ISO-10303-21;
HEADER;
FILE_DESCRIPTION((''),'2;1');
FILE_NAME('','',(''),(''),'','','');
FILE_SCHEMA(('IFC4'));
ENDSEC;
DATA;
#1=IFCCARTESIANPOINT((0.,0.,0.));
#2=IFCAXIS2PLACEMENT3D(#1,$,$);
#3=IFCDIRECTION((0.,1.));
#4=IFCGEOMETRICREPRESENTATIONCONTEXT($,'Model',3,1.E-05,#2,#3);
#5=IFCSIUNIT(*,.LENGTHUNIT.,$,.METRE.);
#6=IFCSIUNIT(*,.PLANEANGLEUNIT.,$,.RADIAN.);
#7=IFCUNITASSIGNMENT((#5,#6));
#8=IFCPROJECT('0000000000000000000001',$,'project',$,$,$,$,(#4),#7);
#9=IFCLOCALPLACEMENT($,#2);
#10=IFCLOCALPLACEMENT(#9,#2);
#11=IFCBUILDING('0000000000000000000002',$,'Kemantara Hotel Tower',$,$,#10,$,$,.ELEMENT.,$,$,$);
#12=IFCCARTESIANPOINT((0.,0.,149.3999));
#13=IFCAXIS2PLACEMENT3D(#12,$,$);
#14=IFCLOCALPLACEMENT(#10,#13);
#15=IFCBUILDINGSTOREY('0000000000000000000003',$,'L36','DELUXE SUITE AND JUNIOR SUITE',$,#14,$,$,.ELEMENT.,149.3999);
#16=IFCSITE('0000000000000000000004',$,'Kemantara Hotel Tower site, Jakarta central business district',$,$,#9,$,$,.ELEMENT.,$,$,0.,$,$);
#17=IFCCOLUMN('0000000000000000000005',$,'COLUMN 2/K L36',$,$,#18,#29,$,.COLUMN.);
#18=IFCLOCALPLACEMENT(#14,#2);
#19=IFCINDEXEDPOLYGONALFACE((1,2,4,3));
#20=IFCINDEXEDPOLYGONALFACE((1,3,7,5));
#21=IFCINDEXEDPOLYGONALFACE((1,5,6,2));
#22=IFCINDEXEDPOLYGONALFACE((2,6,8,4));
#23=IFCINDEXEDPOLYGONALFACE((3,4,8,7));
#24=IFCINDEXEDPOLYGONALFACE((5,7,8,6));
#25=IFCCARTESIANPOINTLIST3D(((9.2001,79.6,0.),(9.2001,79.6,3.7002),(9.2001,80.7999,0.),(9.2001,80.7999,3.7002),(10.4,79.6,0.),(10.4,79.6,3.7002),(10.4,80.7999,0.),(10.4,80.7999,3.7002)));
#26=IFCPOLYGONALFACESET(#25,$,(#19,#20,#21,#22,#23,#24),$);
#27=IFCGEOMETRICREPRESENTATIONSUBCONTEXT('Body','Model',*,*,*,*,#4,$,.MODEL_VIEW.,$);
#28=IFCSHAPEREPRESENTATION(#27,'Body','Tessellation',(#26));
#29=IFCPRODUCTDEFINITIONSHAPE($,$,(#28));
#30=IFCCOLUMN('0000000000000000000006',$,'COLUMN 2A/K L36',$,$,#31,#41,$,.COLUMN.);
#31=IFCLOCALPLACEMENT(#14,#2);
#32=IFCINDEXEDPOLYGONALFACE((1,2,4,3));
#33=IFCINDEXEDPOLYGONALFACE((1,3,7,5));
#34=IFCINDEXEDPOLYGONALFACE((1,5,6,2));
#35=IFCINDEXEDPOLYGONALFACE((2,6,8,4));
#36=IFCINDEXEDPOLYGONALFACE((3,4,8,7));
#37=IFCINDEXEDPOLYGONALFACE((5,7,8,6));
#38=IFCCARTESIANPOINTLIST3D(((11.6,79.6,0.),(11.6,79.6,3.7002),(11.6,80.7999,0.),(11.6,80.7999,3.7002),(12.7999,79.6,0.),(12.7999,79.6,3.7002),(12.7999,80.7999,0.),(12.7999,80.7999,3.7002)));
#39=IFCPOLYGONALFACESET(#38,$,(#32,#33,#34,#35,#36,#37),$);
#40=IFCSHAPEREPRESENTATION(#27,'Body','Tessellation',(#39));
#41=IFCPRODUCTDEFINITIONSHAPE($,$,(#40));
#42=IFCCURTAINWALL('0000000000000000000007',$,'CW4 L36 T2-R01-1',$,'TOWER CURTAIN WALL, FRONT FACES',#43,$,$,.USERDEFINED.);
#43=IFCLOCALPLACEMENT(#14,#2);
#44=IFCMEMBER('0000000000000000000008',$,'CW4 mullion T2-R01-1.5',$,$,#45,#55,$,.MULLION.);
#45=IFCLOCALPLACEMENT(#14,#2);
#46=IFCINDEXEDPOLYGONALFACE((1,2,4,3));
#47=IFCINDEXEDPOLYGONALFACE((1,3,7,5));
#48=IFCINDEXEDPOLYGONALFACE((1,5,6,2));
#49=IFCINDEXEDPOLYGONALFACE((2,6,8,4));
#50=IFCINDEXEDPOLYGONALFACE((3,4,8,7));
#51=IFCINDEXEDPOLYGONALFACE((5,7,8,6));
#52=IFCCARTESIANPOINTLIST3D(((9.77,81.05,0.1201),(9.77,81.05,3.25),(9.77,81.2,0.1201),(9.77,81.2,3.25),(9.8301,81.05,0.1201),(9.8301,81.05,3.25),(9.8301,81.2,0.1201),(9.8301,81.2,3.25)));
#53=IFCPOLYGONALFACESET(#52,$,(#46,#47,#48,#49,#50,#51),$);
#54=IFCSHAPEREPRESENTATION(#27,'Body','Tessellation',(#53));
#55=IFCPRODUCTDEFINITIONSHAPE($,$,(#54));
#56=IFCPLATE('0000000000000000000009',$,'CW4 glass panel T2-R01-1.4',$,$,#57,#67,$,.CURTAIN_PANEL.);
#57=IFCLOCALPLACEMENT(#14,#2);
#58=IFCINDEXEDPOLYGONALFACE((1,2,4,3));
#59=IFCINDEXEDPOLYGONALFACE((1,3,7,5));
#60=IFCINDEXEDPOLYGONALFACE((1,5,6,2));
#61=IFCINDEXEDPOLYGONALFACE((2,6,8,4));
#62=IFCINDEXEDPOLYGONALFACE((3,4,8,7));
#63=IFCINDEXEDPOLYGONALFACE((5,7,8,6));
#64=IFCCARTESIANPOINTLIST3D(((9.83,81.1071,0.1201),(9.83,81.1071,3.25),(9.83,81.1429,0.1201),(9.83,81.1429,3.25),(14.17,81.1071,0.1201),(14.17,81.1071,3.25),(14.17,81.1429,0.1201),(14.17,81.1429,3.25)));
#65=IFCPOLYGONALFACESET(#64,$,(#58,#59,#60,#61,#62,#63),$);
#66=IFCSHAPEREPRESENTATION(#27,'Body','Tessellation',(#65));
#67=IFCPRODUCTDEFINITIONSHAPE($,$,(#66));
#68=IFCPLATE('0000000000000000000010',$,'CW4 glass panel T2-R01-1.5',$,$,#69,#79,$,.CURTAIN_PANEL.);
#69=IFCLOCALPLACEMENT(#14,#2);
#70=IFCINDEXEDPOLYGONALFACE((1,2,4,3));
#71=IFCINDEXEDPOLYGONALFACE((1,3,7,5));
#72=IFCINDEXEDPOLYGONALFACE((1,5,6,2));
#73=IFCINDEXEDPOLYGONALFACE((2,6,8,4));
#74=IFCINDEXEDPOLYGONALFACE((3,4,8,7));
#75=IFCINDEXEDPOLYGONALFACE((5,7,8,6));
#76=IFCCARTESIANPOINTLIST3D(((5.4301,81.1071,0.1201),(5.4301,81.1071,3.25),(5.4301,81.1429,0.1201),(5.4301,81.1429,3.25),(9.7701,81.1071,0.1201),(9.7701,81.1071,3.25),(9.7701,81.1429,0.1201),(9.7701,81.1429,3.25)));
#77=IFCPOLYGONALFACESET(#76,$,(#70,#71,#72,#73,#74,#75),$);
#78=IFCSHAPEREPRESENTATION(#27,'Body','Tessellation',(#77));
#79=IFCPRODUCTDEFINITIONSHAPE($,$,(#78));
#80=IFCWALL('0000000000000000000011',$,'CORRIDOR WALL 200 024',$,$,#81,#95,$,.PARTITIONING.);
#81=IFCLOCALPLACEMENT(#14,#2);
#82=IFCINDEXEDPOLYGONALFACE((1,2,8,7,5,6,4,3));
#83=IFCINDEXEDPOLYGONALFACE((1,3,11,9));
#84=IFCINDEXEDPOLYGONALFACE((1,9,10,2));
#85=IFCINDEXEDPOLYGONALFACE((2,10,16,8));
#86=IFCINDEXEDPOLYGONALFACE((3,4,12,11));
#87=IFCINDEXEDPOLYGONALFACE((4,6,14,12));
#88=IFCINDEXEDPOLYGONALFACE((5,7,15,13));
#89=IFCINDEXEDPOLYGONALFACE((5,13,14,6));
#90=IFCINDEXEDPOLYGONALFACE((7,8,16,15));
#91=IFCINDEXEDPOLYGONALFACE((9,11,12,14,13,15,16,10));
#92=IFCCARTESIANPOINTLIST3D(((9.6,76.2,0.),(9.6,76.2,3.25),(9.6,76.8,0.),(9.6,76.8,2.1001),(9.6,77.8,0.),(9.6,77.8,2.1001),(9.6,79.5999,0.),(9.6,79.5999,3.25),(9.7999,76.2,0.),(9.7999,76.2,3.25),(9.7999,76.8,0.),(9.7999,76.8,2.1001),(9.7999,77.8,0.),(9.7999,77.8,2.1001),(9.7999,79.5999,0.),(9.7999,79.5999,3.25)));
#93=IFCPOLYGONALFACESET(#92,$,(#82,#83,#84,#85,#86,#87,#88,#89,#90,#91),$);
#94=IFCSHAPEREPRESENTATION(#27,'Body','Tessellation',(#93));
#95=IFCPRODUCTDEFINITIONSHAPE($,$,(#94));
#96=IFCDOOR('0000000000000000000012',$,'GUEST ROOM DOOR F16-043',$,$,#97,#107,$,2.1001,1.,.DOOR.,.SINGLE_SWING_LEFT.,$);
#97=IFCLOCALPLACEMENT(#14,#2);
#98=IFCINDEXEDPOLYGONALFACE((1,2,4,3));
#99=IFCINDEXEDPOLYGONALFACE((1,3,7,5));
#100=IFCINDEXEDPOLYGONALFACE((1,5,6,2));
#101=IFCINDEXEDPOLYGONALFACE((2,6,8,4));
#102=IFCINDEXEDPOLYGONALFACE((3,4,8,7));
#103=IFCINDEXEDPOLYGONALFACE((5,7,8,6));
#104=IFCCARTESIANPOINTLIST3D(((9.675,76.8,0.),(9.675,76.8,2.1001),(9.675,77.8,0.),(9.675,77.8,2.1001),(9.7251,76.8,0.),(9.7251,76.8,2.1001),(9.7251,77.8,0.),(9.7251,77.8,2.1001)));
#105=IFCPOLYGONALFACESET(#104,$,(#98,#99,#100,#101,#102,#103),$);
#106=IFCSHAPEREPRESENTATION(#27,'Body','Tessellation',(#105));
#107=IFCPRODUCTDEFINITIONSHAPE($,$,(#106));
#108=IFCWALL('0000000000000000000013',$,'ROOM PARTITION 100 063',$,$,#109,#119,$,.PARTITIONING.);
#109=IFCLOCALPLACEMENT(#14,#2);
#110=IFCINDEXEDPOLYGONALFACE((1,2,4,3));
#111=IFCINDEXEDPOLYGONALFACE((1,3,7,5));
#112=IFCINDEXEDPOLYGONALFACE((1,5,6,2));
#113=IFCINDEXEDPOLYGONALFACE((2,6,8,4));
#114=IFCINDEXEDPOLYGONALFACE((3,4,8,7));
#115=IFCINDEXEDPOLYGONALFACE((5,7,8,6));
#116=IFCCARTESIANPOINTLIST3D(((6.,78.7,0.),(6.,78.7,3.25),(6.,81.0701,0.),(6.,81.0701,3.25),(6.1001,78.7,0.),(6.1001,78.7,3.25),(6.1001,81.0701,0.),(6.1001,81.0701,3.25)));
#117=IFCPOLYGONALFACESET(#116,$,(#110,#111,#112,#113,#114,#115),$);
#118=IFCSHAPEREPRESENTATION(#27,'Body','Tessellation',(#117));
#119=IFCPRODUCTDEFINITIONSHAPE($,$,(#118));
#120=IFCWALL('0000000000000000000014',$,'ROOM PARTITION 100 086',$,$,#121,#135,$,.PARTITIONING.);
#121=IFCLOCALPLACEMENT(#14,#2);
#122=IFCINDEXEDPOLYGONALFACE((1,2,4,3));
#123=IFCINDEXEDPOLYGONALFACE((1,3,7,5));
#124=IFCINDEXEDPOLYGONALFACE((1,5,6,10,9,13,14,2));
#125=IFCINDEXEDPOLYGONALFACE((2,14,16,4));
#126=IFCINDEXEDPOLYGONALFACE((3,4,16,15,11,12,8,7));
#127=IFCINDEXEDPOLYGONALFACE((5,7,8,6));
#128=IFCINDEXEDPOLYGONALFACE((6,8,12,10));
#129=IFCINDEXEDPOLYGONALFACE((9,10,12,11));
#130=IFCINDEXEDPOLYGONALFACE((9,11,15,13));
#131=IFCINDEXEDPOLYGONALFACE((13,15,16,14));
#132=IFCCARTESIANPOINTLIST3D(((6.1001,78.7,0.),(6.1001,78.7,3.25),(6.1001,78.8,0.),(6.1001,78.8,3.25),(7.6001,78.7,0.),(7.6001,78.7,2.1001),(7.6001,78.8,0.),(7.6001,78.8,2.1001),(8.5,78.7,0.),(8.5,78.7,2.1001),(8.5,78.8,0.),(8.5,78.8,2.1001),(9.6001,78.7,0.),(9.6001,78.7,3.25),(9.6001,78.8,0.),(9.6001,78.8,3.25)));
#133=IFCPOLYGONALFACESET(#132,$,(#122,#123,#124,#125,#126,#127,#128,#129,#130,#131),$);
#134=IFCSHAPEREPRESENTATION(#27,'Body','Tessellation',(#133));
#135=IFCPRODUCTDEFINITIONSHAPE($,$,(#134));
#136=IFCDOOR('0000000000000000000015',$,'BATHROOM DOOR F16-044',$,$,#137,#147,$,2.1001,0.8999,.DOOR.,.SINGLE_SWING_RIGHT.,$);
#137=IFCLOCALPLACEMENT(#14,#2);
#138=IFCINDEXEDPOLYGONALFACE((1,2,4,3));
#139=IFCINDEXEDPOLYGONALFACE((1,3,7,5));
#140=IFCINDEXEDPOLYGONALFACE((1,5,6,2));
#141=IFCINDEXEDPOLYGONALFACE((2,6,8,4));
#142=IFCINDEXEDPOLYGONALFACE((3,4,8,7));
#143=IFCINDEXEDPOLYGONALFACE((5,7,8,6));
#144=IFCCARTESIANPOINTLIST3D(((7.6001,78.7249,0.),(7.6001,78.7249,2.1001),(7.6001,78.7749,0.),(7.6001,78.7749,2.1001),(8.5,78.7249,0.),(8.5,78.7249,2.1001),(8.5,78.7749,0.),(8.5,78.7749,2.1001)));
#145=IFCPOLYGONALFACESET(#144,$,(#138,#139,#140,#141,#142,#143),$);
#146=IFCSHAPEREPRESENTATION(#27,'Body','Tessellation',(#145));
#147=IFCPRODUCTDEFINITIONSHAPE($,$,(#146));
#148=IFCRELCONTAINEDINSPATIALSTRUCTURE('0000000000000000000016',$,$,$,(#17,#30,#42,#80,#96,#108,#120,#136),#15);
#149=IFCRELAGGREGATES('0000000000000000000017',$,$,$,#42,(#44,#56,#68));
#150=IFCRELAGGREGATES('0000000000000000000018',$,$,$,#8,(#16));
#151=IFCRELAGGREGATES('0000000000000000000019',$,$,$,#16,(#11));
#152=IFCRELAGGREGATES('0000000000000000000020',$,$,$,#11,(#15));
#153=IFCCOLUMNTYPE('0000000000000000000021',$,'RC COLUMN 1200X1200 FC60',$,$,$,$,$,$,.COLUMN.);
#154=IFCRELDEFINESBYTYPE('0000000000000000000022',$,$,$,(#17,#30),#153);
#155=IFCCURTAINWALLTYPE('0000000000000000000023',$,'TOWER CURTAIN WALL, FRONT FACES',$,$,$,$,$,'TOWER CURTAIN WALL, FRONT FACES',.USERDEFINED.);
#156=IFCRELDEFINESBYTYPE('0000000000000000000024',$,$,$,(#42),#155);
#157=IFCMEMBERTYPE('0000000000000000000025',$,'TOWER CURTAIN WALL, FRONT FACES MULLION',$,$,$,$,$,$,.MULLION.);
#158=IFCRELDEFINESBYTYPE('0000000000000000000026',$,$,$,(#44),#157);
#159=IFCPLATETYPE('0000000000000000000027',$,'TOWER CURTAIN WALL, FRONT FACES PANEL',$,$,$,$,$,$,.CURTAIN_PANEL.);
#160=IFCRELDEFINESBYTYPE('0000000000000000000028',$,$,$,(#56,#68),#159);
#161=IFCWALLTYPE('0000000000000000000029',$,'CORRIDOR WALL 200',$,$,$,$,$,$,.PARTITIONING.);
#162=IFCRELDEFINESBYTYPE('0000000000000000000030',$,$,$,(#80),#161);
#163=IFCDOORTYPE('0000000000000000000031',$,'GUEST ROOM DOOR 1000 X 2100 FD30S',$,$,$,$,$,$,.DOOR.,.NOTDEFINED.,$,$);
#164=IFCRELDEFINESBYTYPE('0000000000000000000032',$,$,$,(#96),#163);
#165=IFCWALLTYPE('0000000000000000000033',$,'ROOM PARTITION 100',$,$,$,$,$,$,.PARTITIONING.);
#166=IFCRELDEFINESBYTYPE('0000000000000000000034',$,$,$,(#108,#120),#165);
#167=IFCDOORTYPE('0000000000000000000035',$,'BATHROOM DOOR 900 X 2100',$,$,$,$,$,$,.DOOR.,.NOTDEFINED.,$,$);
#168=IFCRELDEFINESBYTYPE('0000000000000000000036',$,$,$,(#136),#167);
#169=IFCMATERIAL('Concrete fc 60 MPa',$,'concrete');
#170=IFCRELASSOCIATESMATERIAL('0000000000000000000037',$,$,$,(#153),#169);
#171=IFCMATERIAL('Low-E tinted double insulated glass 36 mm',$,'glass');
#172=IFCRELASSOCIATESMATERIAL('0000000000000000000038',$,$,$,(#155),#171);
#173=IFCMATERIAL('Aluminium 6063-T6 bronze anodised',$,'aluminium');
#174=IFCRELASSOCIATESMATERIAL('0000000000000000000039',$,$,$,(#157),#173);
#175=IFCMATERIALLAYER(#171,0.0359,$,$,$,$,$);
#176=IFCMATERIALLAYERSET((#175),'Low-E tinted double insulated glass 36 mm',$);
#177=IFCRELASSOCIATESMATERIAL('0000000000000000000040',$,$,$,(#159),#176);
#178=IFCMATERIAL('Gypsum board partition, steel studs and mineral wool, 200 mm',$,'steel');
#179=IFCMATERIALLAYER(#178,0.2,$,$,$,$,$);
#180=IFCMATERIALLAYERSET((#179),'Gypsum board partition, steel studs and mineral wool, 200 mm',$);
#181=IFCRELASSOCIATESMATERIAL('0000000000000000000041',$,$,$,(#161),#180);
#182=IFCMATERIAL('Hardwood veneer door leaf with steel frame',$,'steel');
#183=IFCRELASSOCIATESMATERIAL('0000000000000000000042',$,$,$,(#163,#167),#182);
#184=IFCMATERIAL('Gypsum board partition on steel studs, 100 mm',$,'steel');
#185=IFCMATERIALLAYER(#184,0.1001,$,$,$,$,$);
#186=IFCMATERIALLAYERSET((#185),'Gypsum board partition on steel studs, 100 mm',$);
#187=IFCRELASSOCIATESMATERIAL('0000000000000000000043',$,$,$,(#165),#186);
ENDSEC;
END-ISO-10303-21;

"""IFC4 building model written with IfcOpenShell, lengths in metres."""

from ifc_helpers import new_model, si_unit, direction, frame, frame_2d, origin, origin_2d, place, context, subcontext, project, spatial, rectangle, extrude, source, transform, mapped, material, layer, layer_set, material_profile, profile_set, type_object, element, fill, aggregate, save


model = new_model("IFC4")

# Units and contexts
model_context = context("Model", 3, precision=1e-05, world=origin(), true_north=direction((0.0, 1.0)))
body_context = subcontext(model_context, "Body", "Model", "MODEL_VIEW")
ifc_project = project(units=[si_unit("LENGTHUNIT", "METRE"), si_unit("PLANEANGLEUNIT", "RADIAN")], contexts=[model_context])

# Site, building, storey
site_placement = place(None, origin())
site = spatial("IfcSite", under=ifc_project, at=site_placement, Name="Kemantara Hotel Tower site, Jakarta central business district", CompositionType="ELEMENT", RefElevation=0.0)
building_placement = place(site_placement, origin())
building = spatial("IfcBuilding", under=site, at=building_placement, Name="Kemantara Hotel Tower", CompositionType="ELEMENT")
storey_placement = place(building_placement, frame((0.0, 0.0, 149.3999)))
storey = spatial("IfcBuildingStorey", under=building, at=storey_placement, Name="L36", Description="DELUXE SUITE AND JUNIOR SUITE", CompositionType="ELEMENT", Elevation=149.3999)

# Columns
ifc_material_1 = material(Name="Concrete fc 60 MPa", Category="concrete")
ifc_material_profile_1 = material_profile(ifc_material_1, rectangle(XDim=1.2, YDim=1.2, at=origin_2d()), Name="RC 1200X1200")
ifc_profile_set_1 = profile_set([ifc_material_profile_1], Name="Concrete fc 60 MPa")
column_type = type_object("IfcColumnType", Name="RC COLUMN 1200X1200 FC60", PredefinedType="COLUMN", material=ifc_profile_set_1)
for number, where, z_axis, x_axis, name in (
    (1, (9.8, 80.2, 0.0), (0.0, 0.0, 1.0), (1.0, 0.0, 0.0), "COLUMN 2/K L36"),
    (2, (12.2, 80.2, 0.0), (0.0, 0.0, 1.0), (1.0, 0.0, 0.0), "COLUMN 2A/K L36"),
):
    element("IfcColumn", number, at=place(storey_placement, frame(where, z_axis=z_axis, x_axis=x_axis)), inside=storey, type_object=column_type, Name=name, PredefinedType="COLUMN", context=body_context, shape_type="SweptSolid", body=[
        extrude(rectangle(XDim=1.2, YDim=1.2, at=origin_2d()), origin(), (0.0, 0.0, 1.0), 3.7002),
    ])

# Curtain wall, member, plates
ifc_material_2 = material(Name="Low-E tinted double insulated glass 36 mm", Category="glass")
curtain_wall_type = type_object("IfcCurtainWallType", Name="TOWER CURTAIN WALL, FRONT FACES", ElementType="TOWER CURTAIN WALL, FRONT FACES", PredefinedType="USERDEFINED", material=ifc_material_2)
curtain_wall_placement = place(storey_placement, origin())
curtain_wall = element("IfcCurtainWall", 3, at=curtain_wall_placement, inside=storey, type_object=curtain_wall_type, Name="CW4 L36 T2-R01-1", ObjectType="TOWER CURTAIN WALL, FRONT FACES", PredefinedType="USERDEFINED")
ifc_material_3 = material(Name="Aluminium 6063-T6 bronze anodised", Category="aluminium")
ifc_material_profile_2 = material_profile(ifc_material_3, rectangle(XDim=0.1499, YDim=0.0601, at=origin_2d()), Name="TOWER CURTAIN WALL, FRONT FACES MULLION")
ifc_profile_set_2 = profile_set([ifc_material_profile_2], Name="Aluminium 6063-T6 bronze anodised")
member_type = type_object("IfcMemberType", Name="TOWER CURTAIN WALL, FRONT FACES MULLION", PredefinedType="MULLION", material=ifc_profile_set_2)
shared_shape_1 = source(origin(), body_context, "Body", "SweptSolid", [
    extrude(rectangle(XDim=0.1499, YDim=0.0601, at=origin_2d()), origin(), (0.0, 0.0, 1.0), 3.1299),
])
member_placement = place(storey_placement, frame((9.8, 81.125, 0.1201), z_axis=(0.0, 0.0, 1.0), x_axis=(0.0, -1.0, 0.0)))
member = element("IfcMember", 4, at=member_placement, type_object=member_type, Name="CW4 mullion T2-R01-1.5", PredefinedType="MULLION", context=body_context, shape_type="MappedRepresentation", body=[
    mapped(shared_shape_1, transform((0.0, 0.0, 0.0))),
])
ifc_layer_1 = layer(ifc_material_2, 0.0359)
ifc_layer_set_1 = layer_set([ifc_layer_1], Name="Low-E tinted double insulated glass 36 mm")
plate_type = type_object("IfcPlateType", Name="TOWER CURTAIN WALL, FRONT FACES PANEL", PredefinedType="CURTAIN_PANEL", material=ifc_layer_set_1)
shared_shape_2 = source(origin(), body_context, "Body", "SweptSolid", [
    extrude(rectangle(XDim=4.3401, YDim=0.0359, at=origin_2d()), origin(), (0.0, 0.0, 1.0), 3.1299),
])
plate_1_placement = place(storey_placement, frame((12.0, 81.125, 0.1201), z_axis=(0.0, 0.0, 1.0), x_axis=(-1.0, 0.0, 0.0)))
plate_1 = element("IfcPlate", 5, at=plate_1_placement, type_object=plate_type, Name="CW4 glass panel T2-R01-1.4", PredefinedType="CURTAIN_PANEL", context=body_context, shape_type="MappedRepresentation", body=[
    mapped(shared_shape_2, transform((0.0, 0.0, 0.0))),
])
plate_2_placement = place(storey_placement, frame((7.6001, 81.125, 0.1201), z_axis=(0.0, 0.0, 1.0), x_axis=(-1.0, 0.0, 0.0)))
plate_2 = element("IfcPlate", 6, at=plate_2_placement, type_object=plate_type, Name="CW4 glass panel T2-R01-1.5", PredefinedType="CURTAIN_PANEL", context=body_context, shape_type="MappedRepresentation", body=[
    mapped(shared_shape_2, transform((0.0, 0.0, 0.0))),
])
aggregate(curtain_wall, [member, plate_1, plate_2])

# Wall, opening, door
ifc_material_4 = material(Name="Gypsum board partition, steel studs and mineral wool, 200 mm", Category="steel")
ifc_layer_2 = layer(ifc_material_4, 0.2)
ifc_layer_set_2 = layer_set([ifc_layer_2], Name="Gypsum board partition, steel studs and mineral wool, 200 mm")
wall_type_1 = type_object("IfcWallType", Name="CORRIDOR WALL 200", PredefinedType="PARTITIONING", material=ifc_layer_set_2)
wall_1_placement = place(storey_placement, frame((9.7, 76.2, 0.0), z_axis=(0.0, 0.0, 1.0), x_axis=(0.0, 1.0, 0.0)))
wall_1 = element("IfcWall", 7, at=wall_1_placement, inside=storey, type_object=wall_type_1, Name="CORRIDOR WALL 200 024", PredefinedType="PARTITIONING", context=body_context, shape_type="SweptSolid", body=[
    extrude(rectangle(XDim=3.3999, YDim=0.2, at=frame_2d((1.7, 0.0))), origin(), (0.0, 0.0, 1.0), 3.25),
])
opening_1_placement = place(wall_1_placement, frame((0.6001, 0.0, 0.0)))
opening_1 = element("IfcOpeningElement", 8, at=opening_1_placement, cuts=wall_1, PredefinedType="OPENING", context=body_context, shape_type="SweptSolid", body=[
    extrude(rectangle(XDim=1.0, YDim=2.1001, at=frame_2d((0.5, 1.05))), frame((0.0, 0.1099, 0.0), z_axis=(0.0, -1.0, 0.0), x_axis=(1.0, 0.0, 0.0)), (0.0, 0.0, 1.0), 0.22),
])
ifc_material_5 = material(Name="Hardwood veneer door leaf with steel frame", Category="steel")
door_type_1 = type_object("IfcDoorType", Name="GUEST ROOM DOOR 1000 X 2100 FD30S", OperationType="NOTDEFINED", PredefinedType="DOOR", material=ifc_material_5)
door_1_placement = place(opening_1_placement, origin())
door_1 = element("IfcDoor", 9, at=door_1_placement, inside=storey, type_object=door_type_1, Name="GUEST ROOM DOOR F16-043", OperationType="SINGLE_SWING_LEFT", OverallHeight=2.1001, OverallWidth=1.0, PredefinedType="DOOR", context=body_context, shape_type="SweptSolid", body=[
    extrude(rectangle(XDim=1.0, YDim=2.1001, at=frame_2d((0.5, 1.05))), frame((0.0, 0.0249, 0.0), z_axis=(0.0, -1.0, 0.0), x_axis=(1.0, 0.0, 0.0)), (0.0, 0.0, 1.0), 0.05),
])
fill(opening_1, door_1)

# Wall
ifc_material_6 = material(Name="Gypsum board partition on steel studs, 100 mm", Category="steel")
ifc_layer_3 = layer(ifc_material_6, 0.1001)
ifc_layer_set_3 = layer_set([ifc_layer_3], Name="Gypsum board partition on steel studs, 100 mm")
wall_type_2 = type_object("IfcWallType", Name="ROOM PARTITION 100", PredefinedType="PARTITIONING", material=ifc_layer_set_3)
wall_2_placement = place(storey_placement, frame((6.05, 78.7, 0.0), z_axis=(0.0, 0.0, 1.0), x_axis=(0.0, 1.0, 0.0)))
element("IfcWall", 10, at=wall_2_placement, inside=storey, type_object=wall_type_2, Name="ROOM PARTITION 100 063", PredefinedType="PARTITIONING", context=body_context, shape_type="SweptSolid", body=[
    extrude(rectangle(XDim=2.3701, YDim=0.1001, at=frame_2d((1.1851, 0.0))), origin(), (0.0, 0.0, 1.0), 3.25),
])

# Wall, opening, door
wall_3_placement = place(storey_placement, frame((6.1001, 78.75, 0.0), z_axis=(0.0, 0.0, 1.0), x_axis=(1.0, 0.0, 0.0)))
wall_3 = element("IfcWall", 11, at=wall_3_placement, inside=storey, type_object=wall_type_2, Name="ROOM PARTITION 100 086", PredefinedType="PARTITIONING", context=body_context, shape_type="SweptSolid", body=[
    extrude(rectangle(XDim=3.5, YDim=0.1001, at=frame_2d((1.75, 0.0))), origin(), (0.0, 0.0, 1.0), 3.25),
])
opening_2_placement = place(wall_3_placement, frame((1.5, 0.0, 0.0)))
opening_2 = element("IfcOpeningElement", 12, at=opening_2_placement, cuts=wall_3, PredefinedType="OPENING", context=body_context, shape_type="SweptSolid", body=[
    extrude(rectangle(XDim=0.8999, YDim=2.1001, at=frame_2d((0.45, 1.05))), frame((0.0, 0.0601, 0.0), z_axis=(0.0, -1.0, 0.0), x_axis=(1.0, 0.0, 0.0)), (0.0, 0.0, 1.0), 0.1201),
])
door_type_2 = type_object("IfcDoorType", Name="BATHROOM DOOR 900 X 2100", OperationType="NOTDEFINED", PredefinedType="DOOR", material=ifc_material_5)
door_2_placement = place(opening_2_placement, origin())
door_2 = element("IfcDoor", 13, at=door_2_placement, inside=storey, type_object=door_type_2, Name="BATHROOM DOOR F16-044", OperationType="SINGLE_SWING_RIGHT", OverallHeight=2.1001, OverallWidth=0.8999, PredefinedType="DOOR", context=body_context, shape_type="SweptSolid", body=[
    extrude(rectangle(XDim=0.8999, YDim=2.1001, at=frame_2d((0.45, 1.05))), frame((0.0, 0.0249, 0.0), z_axis=(0.0, -1.0, 0.0), x_axis=(1.0, 0.0, 0.0)), (0.0, 0.0, 1.0), 0.05),
])
fill(opening_2, door_2)

save(model, "model.ifc")
